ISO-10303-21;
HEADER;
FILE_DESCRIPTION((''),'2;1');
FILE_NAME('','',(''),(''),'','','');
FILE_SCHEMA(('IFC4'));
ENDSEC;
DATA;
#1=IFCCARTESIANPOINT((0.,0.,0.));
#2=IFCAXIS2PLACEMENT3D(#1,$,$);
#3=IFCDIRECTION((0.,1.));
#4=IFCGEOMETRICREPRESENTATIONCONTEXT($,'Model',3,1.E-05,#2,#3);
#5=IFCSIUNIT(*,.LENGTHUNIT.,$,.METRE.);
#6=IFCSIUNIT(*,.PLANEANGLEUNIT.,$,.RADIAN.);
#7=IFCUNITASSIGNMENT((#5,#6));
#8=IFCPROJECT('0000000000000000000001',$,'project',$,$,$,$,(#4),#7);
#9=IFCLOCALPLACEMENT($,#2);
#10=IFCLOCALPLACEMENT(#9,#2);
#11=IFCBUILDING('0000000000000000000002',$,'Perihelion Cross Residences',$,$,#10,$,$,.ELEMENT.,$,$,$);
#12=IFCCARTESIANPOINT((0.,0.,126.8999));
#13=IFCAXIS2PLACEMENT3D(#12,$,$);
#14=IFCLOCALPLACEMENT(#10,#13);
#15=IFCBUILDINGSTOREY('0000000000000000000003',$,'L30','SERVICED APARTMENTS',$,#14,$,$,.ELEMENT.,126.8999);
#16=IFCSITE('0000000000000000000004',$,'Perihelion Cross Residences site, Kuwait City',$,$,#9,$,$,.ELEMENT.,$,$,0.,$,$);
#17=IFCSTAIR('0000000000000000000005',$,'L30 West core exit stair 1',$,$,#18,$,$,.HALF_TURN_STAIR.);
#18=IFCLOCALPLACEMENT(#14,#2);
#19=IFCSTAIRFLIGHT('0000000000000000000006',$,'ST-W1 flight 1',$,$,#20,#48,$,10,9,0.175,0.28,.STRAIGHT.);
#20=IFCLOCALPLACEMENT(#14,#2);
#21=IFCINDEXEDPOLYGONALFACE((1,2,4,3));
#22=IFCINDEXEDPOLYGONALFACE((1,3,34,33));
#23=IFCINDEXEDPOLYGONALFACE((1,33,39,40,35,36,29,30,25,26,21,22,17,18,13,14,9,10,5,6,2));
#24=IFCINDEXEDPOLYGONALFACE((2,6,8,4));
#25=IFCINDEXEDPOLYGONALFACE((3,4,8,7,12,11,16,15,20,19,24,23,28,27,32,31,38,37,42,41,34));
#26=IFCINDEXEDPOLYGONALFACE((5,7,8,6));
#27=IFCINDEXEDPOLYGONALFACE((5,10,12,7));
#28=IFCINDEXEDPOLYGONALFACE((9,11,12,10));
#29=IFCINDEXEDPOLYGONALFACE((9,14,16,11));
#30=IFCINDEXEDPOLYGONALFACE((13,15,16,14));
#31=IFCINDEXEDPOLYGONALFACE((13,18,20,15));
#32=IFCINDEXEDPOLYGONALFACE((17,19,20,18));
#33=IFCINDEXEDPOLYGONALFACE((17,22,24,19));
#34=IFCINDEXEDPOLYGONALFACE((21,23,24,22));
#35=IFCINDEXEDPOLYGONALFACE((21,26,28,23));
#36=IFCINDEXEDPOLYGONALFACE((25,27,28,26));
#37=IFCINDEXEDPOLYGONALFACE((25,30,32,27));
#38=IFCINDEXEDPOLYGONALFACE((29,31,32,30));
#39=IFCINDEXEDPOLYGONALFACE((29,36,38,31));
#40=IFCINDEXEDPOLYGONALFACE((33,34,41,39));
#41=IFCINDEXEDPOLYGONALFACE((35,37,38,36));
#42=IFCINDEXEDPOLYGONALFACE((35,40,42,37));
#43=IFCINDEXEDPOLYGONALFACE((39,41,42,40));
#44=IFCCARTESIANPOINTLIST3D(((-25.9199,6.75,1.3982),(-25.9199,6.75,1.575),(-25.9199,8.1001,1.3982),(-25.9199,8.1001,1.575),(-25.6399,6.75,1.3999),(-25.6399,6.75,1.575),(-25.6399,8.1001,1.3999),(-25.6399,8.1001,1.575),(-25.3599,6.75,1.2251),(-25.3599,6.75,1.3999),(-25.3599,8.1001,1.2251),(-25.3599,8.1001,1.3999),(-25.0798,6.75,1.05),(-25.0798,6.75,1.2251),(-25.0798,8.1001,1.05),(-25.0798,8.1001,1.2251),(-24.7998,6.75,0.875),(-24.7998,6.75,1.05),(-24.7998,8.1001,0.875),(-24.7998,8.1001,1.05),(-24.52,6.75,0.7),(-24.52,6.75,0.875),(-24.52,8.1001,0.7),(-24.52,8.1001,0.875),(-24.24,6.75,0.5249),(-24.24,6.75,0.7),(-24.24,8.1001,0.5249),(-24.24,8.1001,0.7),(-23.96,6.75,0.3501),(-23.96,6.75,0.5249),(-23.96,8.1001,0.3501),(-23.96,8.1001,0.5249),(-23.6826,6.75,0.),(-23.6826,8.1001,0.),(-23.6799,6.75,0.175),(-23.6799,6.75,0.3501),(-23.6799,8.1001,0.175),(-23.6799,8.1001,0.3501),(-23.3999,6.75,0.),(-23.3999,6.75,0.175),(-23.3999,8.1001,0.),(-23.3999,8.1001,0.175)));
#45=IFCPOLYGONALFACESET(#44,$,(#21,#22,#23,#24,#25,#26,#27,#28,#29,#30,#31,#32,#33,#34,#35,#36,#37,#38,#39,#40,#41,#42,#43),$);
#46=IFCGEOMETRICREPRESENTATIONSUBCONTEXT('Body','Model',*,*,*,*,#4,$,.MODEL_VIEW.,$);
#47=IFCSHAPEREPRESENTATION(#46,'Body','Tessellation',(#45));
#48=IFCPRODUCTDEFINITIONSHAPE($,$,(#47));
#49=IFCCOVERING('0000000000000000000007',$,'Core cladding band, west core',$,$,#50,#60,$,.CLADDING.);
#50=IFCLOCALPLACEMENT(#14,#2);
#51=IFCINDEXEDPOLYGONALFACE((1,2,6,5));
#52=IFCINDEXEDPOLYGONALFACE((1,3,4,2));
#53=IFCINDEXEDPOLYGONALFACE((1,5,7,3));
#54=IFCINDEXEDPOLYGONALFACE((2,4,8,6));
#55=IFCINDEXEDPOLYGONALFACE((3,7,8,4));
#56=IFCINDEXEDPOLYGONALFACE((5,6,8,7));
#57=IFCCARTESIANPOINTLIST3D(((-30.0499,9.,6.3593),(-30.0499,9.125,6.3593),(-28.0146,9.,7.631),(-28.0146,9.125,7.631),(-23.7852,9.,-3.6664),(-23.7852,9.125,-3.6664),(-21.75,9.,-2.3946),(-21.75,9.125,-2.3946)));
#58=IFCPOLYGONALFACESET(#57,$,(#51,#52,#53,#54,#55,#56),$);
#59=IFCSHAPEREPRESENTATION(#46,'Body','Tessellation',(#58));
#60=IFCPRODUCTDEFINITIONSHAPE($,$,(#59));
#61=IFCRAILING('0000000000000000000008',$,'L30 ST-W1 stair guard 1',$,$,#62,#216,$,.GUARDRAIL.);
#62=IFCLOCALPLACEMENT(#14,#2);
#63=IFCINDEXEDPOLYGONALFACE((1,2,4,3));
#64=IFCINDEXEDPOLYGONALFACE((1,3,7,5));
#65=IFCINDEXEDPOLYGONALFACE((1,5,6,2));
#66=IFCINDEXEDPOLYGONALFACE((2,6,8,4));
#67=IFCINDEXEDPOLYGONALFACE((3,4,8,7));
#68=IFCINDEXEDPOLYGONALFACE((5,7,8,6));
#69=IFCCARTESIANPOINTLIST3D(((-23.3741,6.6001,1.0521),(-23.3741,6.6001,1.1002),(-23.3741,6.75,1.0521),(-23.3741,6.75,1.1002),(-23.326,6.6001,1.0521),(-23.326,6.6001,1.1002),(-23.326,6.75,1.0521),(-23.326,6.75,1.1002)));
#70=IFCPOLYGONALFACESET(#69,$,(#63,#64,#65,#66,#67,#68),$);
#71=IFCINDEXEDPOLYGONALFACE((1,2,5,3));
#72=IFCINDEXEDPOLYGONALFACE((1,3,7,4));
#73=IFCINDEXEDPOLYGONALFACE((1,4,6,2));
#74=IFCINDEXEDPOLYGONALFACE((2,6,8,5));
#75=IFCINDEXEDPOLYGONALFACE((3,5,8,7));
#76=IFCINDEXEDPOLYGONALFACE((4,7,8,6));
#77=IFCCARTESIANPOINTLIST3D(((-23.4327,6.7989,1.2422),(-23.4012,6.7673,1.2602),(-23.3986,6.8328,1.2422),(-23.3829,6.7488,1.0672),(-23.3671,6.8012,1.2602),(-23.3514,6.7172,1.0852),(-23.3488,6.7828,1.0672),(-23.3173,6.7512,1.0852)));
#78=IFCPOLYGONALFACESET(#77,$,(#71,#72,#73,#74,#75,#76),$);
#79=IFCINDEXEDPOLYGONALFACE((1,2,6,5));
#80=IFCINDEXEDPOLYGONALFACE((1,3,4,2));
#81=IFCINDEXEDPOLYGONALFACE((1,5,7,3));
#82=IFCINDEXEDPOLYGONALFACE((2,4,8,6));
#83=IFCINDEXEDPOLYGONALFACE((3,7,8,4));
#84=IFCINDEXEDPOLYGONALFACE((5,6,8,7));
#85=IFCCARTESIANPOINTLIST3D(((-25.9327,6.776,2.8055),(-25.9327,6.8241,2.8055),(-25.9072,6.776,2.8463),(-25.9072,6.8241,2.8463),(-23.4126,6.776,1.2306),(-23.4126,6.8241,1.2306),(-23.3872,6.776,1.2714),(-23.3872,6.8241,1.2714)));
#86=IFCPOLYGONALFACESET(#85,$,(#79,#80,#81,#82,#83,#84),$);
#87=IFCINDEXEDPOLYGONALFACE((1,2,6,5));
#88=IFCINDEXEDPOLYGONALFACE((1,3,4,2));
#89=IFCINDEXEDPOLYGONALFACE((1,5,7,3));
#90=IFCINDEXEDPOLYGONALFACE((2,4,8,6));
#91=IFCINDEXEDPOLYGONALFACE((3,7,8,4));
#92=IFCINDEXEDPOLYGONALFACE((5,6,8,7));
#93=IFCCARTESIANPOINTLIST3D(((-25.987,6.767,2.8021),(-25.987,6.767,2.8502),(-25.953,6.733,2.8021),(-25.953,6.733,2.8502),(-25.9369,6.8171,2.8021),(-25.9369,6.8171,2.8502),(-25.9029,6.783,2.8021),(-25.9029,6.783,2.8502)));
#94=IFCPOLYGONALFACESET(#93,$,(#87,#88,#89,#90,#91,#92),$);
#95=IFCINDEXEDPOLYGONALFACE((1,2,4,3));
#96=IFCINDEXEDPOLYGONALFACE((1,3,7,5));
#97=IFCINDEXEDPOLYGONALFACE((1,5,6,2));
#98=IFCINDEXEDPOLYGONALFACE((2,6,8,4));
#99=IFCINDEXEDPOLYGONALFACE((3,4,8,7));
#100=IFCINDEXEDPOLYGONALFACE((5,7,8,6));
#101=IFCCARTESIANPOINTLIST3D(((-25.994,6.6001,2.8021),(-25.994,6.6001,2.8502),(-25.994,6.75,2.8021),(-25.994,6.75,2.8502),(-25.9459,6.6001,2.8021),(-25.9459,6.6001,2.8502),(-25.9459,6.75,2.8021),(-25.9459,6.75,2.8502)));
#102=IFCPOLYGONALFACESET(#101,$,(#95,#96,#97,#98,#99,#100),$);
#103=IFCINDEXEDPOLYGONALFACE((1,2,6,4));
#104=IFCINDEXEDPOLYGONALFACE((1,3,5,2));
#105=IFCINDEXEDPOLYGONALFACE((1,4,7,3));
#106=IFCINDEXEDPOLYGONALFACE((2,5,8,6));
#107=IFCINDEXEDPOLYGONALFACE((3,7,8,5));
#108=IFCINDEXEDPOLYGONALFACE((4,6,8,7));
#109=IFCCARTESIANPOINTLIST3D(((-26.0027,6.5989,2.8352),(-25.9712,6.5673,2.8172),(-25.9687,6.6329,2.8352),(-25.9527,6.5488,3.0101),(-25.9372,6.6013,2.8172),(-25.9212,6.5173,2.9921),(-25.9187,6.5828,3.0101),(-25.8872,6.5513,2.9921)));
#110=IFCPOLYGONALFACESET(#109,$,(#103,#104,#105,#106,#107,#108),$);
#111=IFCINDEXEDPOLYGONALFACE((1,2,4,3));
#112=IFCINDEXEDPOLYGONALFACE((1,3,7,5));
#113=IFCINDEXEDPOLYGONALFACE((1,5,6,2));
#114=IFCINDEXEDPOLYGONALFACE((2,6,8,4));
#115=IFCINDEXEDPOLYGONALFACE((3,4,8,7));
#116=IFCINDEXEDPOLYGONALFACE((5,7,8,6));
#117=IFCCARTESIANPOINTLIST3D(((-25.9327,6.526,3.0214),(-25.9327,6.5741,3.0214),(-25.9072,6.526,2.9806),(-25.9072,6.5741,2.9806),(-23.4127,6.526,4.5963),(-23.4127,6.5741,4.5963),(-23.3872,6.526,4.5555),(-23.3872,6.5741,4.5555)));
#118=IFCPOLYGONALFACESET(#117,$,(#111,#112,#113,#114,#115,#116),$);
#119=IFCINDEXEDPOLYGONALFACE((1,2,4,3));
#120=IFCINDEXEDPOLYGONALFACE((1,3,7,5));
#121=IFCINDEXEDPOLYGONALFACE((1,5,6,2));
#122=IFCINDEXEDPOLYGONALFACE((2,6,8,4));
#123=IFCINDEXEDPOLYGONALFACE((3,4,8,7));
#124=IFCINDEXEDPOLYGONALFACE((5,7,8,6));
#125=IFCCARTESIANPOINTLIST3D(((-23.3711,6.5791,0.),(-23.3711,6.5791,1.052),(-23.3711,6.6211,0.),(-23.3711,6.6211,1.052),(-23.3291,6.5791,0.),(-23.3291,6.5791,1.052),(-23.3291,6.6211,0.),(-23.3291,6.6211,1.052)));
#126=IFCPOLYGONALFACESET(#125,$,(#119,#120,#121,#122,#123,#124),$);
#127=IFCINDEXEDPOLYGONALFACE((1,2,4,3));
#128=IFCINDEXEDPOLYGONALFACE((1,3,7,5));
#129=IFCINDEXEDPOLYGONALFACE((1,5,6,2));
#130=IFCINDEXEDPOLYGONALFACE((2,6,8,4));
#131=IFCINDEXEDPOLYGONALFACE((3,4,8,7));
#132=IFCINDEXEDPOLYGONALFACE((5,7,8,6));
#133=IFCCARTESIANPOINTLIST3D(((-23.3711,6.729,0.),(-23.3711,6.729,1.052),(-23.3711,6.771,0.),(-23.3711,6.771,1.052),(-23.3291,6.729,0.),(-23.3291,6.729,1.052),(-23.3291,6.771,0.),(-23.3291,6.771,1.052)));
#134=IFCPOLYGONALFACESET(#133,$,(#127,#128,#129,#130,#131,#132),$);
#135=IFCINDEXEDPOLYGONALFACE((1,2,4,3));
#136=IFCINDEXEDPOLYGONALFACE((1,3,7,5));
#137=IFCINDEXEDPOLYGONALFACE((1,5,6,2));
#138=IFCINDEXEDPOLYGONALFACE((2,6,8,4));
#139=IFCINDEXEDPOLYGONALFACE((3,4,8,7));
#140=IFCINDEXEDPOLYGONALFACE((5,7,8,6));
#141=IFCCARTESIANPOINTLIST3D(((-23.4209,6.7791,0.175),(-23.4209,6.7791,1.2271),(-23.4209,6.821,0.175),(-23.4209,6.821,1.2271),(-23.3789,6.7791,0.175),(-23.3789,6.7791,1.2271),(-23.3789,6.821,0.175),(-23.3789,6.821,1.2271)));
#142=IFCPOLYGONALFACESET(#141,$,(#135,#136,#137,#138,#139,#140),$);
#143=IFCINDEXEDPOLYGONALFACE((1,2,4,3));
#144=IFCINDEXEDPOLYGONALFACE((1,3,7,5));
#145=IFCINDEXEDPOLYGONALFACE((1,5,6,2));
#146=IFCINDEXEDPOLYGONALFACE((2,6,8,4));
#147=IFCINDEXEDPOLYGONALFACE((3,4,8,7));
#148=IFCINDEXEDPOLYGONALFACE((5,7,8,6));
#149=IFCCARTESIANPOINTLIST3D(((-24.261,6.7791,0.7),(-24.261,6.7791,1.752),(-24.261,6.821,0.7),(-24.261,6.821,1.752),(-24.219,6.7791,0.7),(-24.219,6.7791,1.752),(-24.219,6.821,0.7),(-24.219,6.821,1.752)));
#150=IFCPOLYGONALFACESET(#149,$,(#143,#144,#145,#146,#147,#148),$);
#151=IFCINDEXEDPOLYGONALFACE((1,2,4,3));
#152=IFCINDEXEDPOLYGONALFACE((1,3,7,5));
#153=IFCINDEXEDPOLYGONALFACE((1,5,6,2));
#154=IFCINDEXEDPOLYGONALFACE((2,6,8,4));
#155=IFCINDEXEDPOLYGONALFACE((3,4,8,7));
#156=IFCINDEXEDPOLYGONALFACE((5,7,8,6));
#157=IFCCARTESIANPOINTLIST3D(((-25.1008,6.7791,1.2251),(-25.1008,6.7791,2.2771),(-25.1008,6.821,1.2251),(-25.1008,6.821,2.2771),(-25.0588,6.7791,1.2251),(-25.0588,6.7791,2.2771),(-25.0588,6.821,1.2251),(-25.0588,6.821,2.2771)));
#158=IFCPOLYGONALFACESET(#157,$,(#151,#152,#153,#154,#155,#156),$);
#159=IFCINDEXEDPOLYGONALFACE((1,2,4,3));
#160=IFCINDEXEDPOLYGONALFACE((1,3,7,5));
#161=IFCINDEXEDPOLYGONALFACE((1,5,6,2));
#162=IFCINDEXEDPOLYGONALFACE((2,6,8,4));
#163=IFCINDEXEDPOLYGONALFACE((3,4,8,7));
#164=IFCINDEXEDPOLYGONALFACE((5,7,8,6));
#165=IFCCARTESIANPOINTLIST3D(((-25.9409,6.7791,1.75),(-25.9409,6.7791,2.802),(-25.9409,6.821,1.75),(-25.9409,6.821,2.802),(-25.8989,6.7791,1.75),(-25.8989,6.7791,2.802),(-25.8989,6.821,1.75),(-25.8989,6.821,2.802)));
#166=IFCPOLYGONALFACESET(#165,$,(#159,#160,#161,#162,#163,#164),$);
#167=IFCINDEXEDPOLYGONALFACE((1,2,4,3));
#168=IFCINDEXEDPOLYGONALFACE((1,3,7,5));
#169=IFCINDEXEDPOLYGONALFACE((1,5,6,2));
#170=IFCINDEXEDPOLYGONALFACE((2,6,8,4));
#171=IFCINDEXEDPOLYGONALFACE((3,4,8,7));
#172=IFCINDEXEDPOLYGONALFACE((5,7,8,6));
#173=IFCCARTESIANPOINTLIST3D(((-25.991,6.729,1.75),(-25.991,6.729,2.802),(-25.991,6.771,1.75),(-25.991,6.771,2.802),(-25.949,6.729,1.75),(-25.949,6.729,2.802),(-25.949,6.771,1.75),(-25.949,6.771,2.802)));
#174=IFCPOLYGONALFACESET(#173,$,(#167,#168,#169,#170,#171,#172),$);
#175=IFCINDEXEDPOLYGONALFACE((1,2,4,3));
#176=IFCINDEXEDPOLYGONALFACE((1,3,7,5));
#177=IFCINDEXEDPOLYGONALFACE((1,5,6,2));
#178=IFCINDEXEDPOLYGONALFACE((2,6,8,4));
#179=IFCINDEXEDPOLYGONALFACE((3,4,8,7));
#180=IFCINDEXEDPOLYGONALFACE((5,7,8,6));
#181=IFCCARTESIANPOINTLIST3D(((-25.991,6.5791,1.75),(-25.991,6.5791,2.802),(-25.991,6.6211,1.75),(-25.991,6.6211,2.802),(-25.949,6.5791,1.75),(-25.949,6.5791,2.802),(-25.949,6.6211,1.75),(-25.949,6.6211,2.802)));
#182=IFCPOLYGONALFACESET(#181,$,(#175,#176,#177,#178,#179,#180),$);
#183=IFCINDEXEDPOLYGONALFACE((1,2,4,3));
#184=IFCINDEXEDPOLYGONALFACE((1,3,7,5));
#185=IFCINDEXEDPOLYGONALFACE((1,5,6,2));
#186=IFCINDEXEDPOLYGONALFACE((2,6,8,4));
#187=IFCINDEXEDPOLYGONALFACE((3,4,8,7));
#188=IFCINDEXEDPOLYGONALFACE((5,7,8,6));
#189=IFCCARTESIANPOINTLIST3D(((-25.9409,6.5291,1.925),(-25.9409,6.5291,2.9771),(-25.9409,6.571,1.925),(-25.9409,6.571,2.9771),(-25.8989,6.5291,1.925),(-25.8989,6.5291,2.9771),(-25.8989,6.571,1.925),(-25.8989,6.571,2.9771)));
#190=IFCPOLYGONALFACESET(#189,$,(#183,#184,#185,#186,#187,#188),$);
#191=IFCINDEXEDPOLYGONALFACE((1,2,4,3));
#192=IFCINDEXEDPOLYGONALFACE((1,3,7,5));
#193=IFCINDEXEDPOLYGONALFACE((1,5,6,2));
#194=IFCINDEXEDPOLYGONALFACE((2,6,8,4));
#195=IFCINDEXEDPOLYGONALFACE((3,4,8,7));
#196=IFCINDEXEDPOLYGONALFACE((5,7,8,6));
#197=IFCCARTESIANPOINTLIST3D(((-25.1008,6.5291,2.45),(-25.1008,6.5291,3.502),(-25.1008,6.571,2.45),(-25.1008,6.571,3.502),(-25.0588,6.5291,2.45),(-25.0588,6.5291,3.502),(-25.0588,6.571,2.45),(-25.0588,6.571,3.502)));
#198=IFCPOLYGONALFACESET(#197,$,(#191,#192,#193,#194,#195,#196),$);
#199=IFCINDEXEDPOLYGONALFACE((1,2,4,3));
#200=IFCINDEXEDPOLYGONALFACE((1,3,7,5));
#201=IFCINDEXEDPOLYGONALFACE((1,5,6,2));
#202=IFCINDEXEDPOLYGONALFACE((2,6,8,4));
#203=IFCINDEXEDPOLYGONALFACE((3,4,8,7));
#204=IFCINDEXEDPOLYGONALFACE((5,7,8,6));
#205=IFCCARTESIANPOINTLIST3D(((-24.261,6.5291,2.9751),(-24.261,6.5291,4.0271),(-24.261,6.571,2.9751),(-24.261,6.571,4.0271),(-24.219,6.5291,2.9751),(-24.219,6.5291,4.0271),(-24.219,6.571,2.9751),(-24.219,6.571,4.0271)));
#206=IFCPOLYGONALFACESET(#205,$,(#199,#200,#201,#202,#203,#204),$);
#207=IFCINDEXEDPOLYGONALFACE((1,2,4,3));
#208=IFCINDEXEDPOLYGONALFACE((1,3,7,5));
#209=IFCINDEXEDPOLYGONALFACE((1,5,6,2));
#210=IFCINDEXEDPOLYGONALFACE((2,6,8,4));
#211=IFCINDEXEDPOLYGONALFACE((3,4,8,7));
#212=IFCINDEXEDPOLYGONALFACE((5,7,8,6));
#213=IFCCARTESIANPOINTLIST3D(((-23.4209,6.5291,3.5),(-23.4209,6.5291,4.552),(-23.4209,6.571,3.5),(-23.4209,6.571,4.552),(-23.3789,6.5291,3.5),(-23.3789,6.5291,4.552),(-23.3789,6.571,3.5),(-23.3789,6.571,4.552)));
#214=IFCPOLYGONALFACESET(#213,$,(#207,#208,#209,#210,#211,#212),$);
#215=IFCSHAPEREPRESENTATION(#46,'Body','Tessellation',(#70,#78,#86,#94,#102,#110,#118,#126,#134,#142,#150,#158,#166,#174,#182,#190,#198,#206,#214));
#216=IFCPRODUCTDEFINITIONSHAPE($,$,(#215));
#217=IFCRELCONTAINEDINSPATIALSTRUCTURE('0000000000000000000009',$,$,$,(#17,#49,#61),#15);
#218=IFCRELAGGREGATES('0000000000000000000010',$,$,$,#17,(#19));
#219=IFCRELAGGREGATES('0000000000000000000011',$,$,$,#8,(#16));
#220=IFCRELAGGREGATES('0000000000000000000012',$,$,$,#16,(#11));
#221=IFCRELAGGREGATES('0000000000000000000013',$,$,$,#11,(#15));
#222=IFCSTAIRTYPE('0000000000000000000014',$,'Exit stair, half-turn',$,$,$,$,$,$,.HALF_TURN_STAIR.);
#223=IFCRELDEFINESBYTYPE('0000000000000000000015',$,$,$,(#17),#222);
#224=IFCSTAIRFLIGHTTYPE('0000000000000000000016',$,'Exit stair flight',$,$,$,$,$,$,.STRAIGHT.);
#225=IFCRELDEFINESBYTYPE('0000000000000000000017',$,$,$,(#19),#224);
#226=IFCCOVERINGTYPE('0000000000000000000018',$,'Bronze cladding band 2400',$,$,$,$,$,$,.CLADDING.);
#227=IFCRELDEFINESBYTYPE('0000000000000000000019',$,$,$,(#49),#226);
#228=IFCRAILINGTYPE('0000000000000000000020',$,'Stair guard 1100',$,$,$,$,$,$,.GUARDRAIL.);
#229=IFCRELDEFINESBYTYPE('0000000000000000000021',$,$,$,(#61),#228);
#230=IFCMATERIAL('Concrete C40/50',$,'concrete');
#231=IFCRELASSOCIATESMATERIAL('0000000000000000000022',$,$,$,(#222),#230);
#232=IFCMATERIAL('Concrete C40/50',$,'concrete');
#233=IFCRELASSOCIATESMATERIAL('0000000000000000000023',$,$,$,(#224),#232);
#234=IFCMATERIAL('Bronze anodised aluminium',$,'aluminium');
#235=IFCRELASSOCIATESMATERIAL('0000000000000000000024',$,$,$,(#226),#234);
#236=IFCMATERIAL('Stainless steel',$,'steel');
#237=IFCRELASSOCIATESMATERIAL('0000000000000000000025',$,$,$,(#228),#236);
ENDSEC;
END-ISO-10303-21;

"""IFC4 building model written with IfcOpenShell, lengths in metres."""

from ifc_helpers import new_model, si_unit, direction, frame, origin, origin_2d, place, context, subcontext, project, spatial, polyline, rectangle, outline, extrude, material, material_profile, profile_set, type_object, element, aggregate, save


model = new_model("IFC4")

# Units and contexts
model_context = context("Model", 3, precision=1e-05, world=origin(), true_north=direction((0.0, 1.0)))
body_context = subcontext(model_context, "Body", "Model", "MODEL_VIEW")
ifc_project = project(units=[si_unit("LENGTHUNIT", "METRE"), si_unit("PLANEANGLEUNIT", "RADIAN")], contexts=[model_context])

# Site, building, storey
site_placement = place(None, origin())
site = spatial("IfcSite", under=ifc_project, at=site_placement, Name="Perihelion Cross Residences site, Kuwait City", CompositionType="ELEMENT", RefElevation=0.0)
building_placement = place(site_placement, origin())
building = spatial("IfcBuilding", under=site, at=building_placement, Name="Perihelion Cross Residences", CompositionType="ELEMENT")
storey_placement = place(building_placement, frame((0.0, 0.0, 126.8999)))
storey = spatial("IfcBuildingStorey", under=building, at=storey_placement, Name="L30", Description="SERVICED APARTMENTS", CompositionType="ELEMENT", Elevation=126.8999)

# Stair, stair flight
ifc_material_1 = material(Name="Concrete C40/50", Category="concrete")
stair_type = type_object("IfcStairType", Name="Exit stair, half-turn", PredefinedType="HALF_TURN_STAIR", material=ifc_material_1)
stair_placement = place(storey_placement, origin())
stair = element("IfcStair", 1, at=stair_placement, inside=storey, type_object=stair_type, Name="L30 West core exit stair 1", PredefinedType="HALF_TURN_STAIR")
ifc_material_2 = material(Name="Concrete C40/50", Category="concrete")
stair_flight_type = type_object("IfcStairFlightType", Name="Exit stair flight", PredefinedType="STRAIGHT", material=ifc_material_2)
stair_flight_placement = place(storey_placement, frame((-23.3999, 7.425, 0.0), z_axis=(0.0, 0.0, 1.0), x_axis=(-1.0, 0.0, 0.0)))
stair_flight = element("IfcStairFlight", 2, at=stair_flight_placement, type_object=stair_flight_type, Name="ST-W1 flight 1", NumberOfRisers=10, NumberOfTreads=9, PredefinedType="STRAIGHT", RiserHeight=0.175, TreadLength=0.28, context=body_context, shape_type="SweptSolid", body=[
    extrude(outline(polyline([(0.0, 0.0), (0.0, 0.175), (0.28, 0.175), (0.28, 0.3501), (0.5601, 0.3501), (0.5601, 0.5249), (0.8401, 0.5249), (0.8401, 0.7), (1.1201, 0.7), (1.1201, 0.875), (1.3999, 0.875), (1.3999, 1.05), (1.6799, 1.05), (1.6799, 1.2251), (1.96, 1.2251), (1.96, 1.3999), (2.24, 1.3999), (2.24, 1.575), (2.52, 1.575), (2.52, 1.75), (2.52, 1.3982), (0.2827, 0.0), (0.0, 0.0)])), frame((0.0, 0.675, 0.0), z_axis=(0.0, -1.0, 0.0), x_axis=(1.0, 0.0, 0.0)), (0.0, 0.0, 1.0), 1.3501),
])
aggregate(stair, [stair_flight])

# Covering
ifc_material_3 = material(Name="Bronze anodised aluminium", Category="aluminium")
ifc_material_profile_1 = material_profile(ifc_material_3, rectangle(XDim=0.125, YDim=2.3999, at=origin_2d()), Name="Bronze cladding band 2400")
ifc_profile_set_1 = profile_set([ifc_material_profile_1], Name="Bronze anodised aluminium")
covering_type = type_object("IfcCoveringType", Name="Bronze cladding band 2400", PredefinedType="CLADDING", material=ifc_profile_set_1)
covering_placement = place(storey_placement, frame((-22.7676, 9.0625, -3.0305), z_axis=(-0.529915, 0.0, 0.848051), x_axis=(0.0, -1.0, 0.0)))
element("IfcCovering", 3, at=covering_placement, inside=storey, type_object=covering_type, Name="Core cladding band, west core", PredefinedType="CLADDING", context=body_context, shape_type="SweptSolid", body=[
    extrude(rectangle(XDim=0.125, YDim=2.3999, at=origin_2d()), origin(), (0.0, 0.0, 1.0), 11.822),
])

# Railing
ifc_material_4 = material(Name="Stainless steel", Category="steel")
railing_type_1 = type_object("IfcRailingType", Name="Stair guard 1100", PredefinedType="GUARDRAIL", material=ifc_material_4)
railing_1_placement = place(storey_placement, frame((-23.3501, 6.6001, 0.0)))
element("IfcRailing", 4, at=railing_1_placement, inside=storey, type_object=railing_type_1, Name="L30 ST-W1 stair guard 1", PredefinedType="GUARDRAIL", context=body_context, shape_type="SweptSolid", body=[
    extrude(rectangle(XDim=0.0481, YDim=0.0481, at=origin_2d()), frame((0.0, 0.0, 1.0762), z_axis=(0.0, 1.0, 0.0), x_axis=(-1.0, 0.0, 0.0)), (0.0, 0.0, 1.0), 0.1499),
    extrude(rectangle(XDim=0.0481, YDim=0.0481, at=origin_2d()), frame((0.0, 0.1499, 1.0762), z_axis=(-0.263862, 0.265156, 0.927399), x_axis=(-0.708834, -0.705376, 0.0)), (0.0, 0.0, 1.0), 0.1887),
    extrude(rectangle(XDim=0.0481, YDim=0.0481, at=origin_2d()), frame((-0.0498, 0.2, 1.251), z_axis=(-0.848008, 0.0, 0.529984), x_axis=(0.0, -1.0, 0.0)), (0.0, 0.0, 1.0), 2.9717),
    extrude(rectangle(XDim=0.0481, YDim=0.0481, at=origin_2d()), frame((-2.5698, 0.2, 2.8262), z_axis=(-0.707107, -0.707107, 0.0), x_axis=(0.707107, -0.707107, 0.0)), (0.0, 0.0, 1.0), 0.0708),
    extrude(rectangle(XDim=0.0481, YDim=0.0481, at=origin_2d()), frame((-2.6199, 0.1499, 2.8262), z_axis=(0.0, -1.0, 0.0), x_axis=(1.0, 0.0, 0.0)), (0.0, 0.0, 1.0), 0.1499),
    extrude(rectangle(XDim=0.0481, YDim=0.0481, at=origin_2d()), frame((-2.6199, 0.0, 2.8262), z_axis=(0.265065, -0.265065, 0.927082), x_axis=(0.707107, 0.707107, 0.0)), (0.0, 0.0, 1.0), 0.1887),
    extrude(rectangle(XDim=0.0481, YDim=0.0481, at=origin_2d()), frame((-2.5698, -0.05, 3.001), z_axis=(0.848008, 0.0, 0.529984), x_axis=(0.0, 1.0, 0.0)), (0.0, 0.0, 1.0), 2.9717),
    extrude(rectangle(XDim=0.042, YDim=0.042, at=origin_2d()), origin(), (0.0, 0.0, 1.0), 1.052),
    extrude(rectangle(XDim=0.042, YDim=0.042, at=origin_2d()), frame((0.0, 0.1499, 0.0)), (0.0, 0.0, 1.0), 1.052),
    extrude(rectangle(XDim=0.042, YDim=0.042, at=origin_2d()), frame((-0.0498, 0.2, 0.175)), (0.0, 0.0, 1.0), 1.052),
    extrude(rectangle(XDim=0.042, YDim=0.042, at=origin_2d()), frame((-0.8899, 0.2, 0.7)), (0.0, 0.0, 1.0), 1.052),
    extrude(rectangle(XDim=0.042, YDim=0.042, at=origin_2d()), frame((-1.7297, 0.2, 1.2251)), (0.0, 0.0, 1.0), 1.052),
    extrude(rectangle(XDim=0.042, YDim=0.042, at=origin_2d()), frame((-2.5698, 0.2, 1.75)), (0.0, 0.0, 1.0), 1.052),
    extrude(rectangle(XDim=0.042, YDim=0.042, at=origin_2d()), frame((-2.6199, 0.1499, 1.75)), (0.0, 0.0, 1.0), 1.052),
    extrude(rectangle(XDim=0.042, YDim=0.042, at=origin_2d()), frame((-2.6199, 0.0, 1.75)), (0.0, 0.0, 1.0), 1.052),
    extrude(rectangle(XDim=0.042, YDim=0.042, at=origin_2d()), frame((-2.5698, -0.05, 1.925)), (0.0, 0.0, 1.0), 1.052),
    extrude(rectangle(XDim=0.042, YDim=0.042, at=origin_2d()), frame((-1.7297, -0.05, 2.45)), (0.0, 0.0, 1.0), 1.052),
    extrude(rectangle(XDim=0.042, YDim=0.042, at=origin_2d()), frame((-0.8899, -0.05, 2.9751)), (0.0, 0.0, 1.0), 1.052),
    extrude(rectangle(XDim=0.042, YDim=0.042, at=origin_2d()), frame((-0.0498, -0.05, 3.5)), (0.0, 0.0, 1.0), 1.052),
])

save(model, "model.ifc")
